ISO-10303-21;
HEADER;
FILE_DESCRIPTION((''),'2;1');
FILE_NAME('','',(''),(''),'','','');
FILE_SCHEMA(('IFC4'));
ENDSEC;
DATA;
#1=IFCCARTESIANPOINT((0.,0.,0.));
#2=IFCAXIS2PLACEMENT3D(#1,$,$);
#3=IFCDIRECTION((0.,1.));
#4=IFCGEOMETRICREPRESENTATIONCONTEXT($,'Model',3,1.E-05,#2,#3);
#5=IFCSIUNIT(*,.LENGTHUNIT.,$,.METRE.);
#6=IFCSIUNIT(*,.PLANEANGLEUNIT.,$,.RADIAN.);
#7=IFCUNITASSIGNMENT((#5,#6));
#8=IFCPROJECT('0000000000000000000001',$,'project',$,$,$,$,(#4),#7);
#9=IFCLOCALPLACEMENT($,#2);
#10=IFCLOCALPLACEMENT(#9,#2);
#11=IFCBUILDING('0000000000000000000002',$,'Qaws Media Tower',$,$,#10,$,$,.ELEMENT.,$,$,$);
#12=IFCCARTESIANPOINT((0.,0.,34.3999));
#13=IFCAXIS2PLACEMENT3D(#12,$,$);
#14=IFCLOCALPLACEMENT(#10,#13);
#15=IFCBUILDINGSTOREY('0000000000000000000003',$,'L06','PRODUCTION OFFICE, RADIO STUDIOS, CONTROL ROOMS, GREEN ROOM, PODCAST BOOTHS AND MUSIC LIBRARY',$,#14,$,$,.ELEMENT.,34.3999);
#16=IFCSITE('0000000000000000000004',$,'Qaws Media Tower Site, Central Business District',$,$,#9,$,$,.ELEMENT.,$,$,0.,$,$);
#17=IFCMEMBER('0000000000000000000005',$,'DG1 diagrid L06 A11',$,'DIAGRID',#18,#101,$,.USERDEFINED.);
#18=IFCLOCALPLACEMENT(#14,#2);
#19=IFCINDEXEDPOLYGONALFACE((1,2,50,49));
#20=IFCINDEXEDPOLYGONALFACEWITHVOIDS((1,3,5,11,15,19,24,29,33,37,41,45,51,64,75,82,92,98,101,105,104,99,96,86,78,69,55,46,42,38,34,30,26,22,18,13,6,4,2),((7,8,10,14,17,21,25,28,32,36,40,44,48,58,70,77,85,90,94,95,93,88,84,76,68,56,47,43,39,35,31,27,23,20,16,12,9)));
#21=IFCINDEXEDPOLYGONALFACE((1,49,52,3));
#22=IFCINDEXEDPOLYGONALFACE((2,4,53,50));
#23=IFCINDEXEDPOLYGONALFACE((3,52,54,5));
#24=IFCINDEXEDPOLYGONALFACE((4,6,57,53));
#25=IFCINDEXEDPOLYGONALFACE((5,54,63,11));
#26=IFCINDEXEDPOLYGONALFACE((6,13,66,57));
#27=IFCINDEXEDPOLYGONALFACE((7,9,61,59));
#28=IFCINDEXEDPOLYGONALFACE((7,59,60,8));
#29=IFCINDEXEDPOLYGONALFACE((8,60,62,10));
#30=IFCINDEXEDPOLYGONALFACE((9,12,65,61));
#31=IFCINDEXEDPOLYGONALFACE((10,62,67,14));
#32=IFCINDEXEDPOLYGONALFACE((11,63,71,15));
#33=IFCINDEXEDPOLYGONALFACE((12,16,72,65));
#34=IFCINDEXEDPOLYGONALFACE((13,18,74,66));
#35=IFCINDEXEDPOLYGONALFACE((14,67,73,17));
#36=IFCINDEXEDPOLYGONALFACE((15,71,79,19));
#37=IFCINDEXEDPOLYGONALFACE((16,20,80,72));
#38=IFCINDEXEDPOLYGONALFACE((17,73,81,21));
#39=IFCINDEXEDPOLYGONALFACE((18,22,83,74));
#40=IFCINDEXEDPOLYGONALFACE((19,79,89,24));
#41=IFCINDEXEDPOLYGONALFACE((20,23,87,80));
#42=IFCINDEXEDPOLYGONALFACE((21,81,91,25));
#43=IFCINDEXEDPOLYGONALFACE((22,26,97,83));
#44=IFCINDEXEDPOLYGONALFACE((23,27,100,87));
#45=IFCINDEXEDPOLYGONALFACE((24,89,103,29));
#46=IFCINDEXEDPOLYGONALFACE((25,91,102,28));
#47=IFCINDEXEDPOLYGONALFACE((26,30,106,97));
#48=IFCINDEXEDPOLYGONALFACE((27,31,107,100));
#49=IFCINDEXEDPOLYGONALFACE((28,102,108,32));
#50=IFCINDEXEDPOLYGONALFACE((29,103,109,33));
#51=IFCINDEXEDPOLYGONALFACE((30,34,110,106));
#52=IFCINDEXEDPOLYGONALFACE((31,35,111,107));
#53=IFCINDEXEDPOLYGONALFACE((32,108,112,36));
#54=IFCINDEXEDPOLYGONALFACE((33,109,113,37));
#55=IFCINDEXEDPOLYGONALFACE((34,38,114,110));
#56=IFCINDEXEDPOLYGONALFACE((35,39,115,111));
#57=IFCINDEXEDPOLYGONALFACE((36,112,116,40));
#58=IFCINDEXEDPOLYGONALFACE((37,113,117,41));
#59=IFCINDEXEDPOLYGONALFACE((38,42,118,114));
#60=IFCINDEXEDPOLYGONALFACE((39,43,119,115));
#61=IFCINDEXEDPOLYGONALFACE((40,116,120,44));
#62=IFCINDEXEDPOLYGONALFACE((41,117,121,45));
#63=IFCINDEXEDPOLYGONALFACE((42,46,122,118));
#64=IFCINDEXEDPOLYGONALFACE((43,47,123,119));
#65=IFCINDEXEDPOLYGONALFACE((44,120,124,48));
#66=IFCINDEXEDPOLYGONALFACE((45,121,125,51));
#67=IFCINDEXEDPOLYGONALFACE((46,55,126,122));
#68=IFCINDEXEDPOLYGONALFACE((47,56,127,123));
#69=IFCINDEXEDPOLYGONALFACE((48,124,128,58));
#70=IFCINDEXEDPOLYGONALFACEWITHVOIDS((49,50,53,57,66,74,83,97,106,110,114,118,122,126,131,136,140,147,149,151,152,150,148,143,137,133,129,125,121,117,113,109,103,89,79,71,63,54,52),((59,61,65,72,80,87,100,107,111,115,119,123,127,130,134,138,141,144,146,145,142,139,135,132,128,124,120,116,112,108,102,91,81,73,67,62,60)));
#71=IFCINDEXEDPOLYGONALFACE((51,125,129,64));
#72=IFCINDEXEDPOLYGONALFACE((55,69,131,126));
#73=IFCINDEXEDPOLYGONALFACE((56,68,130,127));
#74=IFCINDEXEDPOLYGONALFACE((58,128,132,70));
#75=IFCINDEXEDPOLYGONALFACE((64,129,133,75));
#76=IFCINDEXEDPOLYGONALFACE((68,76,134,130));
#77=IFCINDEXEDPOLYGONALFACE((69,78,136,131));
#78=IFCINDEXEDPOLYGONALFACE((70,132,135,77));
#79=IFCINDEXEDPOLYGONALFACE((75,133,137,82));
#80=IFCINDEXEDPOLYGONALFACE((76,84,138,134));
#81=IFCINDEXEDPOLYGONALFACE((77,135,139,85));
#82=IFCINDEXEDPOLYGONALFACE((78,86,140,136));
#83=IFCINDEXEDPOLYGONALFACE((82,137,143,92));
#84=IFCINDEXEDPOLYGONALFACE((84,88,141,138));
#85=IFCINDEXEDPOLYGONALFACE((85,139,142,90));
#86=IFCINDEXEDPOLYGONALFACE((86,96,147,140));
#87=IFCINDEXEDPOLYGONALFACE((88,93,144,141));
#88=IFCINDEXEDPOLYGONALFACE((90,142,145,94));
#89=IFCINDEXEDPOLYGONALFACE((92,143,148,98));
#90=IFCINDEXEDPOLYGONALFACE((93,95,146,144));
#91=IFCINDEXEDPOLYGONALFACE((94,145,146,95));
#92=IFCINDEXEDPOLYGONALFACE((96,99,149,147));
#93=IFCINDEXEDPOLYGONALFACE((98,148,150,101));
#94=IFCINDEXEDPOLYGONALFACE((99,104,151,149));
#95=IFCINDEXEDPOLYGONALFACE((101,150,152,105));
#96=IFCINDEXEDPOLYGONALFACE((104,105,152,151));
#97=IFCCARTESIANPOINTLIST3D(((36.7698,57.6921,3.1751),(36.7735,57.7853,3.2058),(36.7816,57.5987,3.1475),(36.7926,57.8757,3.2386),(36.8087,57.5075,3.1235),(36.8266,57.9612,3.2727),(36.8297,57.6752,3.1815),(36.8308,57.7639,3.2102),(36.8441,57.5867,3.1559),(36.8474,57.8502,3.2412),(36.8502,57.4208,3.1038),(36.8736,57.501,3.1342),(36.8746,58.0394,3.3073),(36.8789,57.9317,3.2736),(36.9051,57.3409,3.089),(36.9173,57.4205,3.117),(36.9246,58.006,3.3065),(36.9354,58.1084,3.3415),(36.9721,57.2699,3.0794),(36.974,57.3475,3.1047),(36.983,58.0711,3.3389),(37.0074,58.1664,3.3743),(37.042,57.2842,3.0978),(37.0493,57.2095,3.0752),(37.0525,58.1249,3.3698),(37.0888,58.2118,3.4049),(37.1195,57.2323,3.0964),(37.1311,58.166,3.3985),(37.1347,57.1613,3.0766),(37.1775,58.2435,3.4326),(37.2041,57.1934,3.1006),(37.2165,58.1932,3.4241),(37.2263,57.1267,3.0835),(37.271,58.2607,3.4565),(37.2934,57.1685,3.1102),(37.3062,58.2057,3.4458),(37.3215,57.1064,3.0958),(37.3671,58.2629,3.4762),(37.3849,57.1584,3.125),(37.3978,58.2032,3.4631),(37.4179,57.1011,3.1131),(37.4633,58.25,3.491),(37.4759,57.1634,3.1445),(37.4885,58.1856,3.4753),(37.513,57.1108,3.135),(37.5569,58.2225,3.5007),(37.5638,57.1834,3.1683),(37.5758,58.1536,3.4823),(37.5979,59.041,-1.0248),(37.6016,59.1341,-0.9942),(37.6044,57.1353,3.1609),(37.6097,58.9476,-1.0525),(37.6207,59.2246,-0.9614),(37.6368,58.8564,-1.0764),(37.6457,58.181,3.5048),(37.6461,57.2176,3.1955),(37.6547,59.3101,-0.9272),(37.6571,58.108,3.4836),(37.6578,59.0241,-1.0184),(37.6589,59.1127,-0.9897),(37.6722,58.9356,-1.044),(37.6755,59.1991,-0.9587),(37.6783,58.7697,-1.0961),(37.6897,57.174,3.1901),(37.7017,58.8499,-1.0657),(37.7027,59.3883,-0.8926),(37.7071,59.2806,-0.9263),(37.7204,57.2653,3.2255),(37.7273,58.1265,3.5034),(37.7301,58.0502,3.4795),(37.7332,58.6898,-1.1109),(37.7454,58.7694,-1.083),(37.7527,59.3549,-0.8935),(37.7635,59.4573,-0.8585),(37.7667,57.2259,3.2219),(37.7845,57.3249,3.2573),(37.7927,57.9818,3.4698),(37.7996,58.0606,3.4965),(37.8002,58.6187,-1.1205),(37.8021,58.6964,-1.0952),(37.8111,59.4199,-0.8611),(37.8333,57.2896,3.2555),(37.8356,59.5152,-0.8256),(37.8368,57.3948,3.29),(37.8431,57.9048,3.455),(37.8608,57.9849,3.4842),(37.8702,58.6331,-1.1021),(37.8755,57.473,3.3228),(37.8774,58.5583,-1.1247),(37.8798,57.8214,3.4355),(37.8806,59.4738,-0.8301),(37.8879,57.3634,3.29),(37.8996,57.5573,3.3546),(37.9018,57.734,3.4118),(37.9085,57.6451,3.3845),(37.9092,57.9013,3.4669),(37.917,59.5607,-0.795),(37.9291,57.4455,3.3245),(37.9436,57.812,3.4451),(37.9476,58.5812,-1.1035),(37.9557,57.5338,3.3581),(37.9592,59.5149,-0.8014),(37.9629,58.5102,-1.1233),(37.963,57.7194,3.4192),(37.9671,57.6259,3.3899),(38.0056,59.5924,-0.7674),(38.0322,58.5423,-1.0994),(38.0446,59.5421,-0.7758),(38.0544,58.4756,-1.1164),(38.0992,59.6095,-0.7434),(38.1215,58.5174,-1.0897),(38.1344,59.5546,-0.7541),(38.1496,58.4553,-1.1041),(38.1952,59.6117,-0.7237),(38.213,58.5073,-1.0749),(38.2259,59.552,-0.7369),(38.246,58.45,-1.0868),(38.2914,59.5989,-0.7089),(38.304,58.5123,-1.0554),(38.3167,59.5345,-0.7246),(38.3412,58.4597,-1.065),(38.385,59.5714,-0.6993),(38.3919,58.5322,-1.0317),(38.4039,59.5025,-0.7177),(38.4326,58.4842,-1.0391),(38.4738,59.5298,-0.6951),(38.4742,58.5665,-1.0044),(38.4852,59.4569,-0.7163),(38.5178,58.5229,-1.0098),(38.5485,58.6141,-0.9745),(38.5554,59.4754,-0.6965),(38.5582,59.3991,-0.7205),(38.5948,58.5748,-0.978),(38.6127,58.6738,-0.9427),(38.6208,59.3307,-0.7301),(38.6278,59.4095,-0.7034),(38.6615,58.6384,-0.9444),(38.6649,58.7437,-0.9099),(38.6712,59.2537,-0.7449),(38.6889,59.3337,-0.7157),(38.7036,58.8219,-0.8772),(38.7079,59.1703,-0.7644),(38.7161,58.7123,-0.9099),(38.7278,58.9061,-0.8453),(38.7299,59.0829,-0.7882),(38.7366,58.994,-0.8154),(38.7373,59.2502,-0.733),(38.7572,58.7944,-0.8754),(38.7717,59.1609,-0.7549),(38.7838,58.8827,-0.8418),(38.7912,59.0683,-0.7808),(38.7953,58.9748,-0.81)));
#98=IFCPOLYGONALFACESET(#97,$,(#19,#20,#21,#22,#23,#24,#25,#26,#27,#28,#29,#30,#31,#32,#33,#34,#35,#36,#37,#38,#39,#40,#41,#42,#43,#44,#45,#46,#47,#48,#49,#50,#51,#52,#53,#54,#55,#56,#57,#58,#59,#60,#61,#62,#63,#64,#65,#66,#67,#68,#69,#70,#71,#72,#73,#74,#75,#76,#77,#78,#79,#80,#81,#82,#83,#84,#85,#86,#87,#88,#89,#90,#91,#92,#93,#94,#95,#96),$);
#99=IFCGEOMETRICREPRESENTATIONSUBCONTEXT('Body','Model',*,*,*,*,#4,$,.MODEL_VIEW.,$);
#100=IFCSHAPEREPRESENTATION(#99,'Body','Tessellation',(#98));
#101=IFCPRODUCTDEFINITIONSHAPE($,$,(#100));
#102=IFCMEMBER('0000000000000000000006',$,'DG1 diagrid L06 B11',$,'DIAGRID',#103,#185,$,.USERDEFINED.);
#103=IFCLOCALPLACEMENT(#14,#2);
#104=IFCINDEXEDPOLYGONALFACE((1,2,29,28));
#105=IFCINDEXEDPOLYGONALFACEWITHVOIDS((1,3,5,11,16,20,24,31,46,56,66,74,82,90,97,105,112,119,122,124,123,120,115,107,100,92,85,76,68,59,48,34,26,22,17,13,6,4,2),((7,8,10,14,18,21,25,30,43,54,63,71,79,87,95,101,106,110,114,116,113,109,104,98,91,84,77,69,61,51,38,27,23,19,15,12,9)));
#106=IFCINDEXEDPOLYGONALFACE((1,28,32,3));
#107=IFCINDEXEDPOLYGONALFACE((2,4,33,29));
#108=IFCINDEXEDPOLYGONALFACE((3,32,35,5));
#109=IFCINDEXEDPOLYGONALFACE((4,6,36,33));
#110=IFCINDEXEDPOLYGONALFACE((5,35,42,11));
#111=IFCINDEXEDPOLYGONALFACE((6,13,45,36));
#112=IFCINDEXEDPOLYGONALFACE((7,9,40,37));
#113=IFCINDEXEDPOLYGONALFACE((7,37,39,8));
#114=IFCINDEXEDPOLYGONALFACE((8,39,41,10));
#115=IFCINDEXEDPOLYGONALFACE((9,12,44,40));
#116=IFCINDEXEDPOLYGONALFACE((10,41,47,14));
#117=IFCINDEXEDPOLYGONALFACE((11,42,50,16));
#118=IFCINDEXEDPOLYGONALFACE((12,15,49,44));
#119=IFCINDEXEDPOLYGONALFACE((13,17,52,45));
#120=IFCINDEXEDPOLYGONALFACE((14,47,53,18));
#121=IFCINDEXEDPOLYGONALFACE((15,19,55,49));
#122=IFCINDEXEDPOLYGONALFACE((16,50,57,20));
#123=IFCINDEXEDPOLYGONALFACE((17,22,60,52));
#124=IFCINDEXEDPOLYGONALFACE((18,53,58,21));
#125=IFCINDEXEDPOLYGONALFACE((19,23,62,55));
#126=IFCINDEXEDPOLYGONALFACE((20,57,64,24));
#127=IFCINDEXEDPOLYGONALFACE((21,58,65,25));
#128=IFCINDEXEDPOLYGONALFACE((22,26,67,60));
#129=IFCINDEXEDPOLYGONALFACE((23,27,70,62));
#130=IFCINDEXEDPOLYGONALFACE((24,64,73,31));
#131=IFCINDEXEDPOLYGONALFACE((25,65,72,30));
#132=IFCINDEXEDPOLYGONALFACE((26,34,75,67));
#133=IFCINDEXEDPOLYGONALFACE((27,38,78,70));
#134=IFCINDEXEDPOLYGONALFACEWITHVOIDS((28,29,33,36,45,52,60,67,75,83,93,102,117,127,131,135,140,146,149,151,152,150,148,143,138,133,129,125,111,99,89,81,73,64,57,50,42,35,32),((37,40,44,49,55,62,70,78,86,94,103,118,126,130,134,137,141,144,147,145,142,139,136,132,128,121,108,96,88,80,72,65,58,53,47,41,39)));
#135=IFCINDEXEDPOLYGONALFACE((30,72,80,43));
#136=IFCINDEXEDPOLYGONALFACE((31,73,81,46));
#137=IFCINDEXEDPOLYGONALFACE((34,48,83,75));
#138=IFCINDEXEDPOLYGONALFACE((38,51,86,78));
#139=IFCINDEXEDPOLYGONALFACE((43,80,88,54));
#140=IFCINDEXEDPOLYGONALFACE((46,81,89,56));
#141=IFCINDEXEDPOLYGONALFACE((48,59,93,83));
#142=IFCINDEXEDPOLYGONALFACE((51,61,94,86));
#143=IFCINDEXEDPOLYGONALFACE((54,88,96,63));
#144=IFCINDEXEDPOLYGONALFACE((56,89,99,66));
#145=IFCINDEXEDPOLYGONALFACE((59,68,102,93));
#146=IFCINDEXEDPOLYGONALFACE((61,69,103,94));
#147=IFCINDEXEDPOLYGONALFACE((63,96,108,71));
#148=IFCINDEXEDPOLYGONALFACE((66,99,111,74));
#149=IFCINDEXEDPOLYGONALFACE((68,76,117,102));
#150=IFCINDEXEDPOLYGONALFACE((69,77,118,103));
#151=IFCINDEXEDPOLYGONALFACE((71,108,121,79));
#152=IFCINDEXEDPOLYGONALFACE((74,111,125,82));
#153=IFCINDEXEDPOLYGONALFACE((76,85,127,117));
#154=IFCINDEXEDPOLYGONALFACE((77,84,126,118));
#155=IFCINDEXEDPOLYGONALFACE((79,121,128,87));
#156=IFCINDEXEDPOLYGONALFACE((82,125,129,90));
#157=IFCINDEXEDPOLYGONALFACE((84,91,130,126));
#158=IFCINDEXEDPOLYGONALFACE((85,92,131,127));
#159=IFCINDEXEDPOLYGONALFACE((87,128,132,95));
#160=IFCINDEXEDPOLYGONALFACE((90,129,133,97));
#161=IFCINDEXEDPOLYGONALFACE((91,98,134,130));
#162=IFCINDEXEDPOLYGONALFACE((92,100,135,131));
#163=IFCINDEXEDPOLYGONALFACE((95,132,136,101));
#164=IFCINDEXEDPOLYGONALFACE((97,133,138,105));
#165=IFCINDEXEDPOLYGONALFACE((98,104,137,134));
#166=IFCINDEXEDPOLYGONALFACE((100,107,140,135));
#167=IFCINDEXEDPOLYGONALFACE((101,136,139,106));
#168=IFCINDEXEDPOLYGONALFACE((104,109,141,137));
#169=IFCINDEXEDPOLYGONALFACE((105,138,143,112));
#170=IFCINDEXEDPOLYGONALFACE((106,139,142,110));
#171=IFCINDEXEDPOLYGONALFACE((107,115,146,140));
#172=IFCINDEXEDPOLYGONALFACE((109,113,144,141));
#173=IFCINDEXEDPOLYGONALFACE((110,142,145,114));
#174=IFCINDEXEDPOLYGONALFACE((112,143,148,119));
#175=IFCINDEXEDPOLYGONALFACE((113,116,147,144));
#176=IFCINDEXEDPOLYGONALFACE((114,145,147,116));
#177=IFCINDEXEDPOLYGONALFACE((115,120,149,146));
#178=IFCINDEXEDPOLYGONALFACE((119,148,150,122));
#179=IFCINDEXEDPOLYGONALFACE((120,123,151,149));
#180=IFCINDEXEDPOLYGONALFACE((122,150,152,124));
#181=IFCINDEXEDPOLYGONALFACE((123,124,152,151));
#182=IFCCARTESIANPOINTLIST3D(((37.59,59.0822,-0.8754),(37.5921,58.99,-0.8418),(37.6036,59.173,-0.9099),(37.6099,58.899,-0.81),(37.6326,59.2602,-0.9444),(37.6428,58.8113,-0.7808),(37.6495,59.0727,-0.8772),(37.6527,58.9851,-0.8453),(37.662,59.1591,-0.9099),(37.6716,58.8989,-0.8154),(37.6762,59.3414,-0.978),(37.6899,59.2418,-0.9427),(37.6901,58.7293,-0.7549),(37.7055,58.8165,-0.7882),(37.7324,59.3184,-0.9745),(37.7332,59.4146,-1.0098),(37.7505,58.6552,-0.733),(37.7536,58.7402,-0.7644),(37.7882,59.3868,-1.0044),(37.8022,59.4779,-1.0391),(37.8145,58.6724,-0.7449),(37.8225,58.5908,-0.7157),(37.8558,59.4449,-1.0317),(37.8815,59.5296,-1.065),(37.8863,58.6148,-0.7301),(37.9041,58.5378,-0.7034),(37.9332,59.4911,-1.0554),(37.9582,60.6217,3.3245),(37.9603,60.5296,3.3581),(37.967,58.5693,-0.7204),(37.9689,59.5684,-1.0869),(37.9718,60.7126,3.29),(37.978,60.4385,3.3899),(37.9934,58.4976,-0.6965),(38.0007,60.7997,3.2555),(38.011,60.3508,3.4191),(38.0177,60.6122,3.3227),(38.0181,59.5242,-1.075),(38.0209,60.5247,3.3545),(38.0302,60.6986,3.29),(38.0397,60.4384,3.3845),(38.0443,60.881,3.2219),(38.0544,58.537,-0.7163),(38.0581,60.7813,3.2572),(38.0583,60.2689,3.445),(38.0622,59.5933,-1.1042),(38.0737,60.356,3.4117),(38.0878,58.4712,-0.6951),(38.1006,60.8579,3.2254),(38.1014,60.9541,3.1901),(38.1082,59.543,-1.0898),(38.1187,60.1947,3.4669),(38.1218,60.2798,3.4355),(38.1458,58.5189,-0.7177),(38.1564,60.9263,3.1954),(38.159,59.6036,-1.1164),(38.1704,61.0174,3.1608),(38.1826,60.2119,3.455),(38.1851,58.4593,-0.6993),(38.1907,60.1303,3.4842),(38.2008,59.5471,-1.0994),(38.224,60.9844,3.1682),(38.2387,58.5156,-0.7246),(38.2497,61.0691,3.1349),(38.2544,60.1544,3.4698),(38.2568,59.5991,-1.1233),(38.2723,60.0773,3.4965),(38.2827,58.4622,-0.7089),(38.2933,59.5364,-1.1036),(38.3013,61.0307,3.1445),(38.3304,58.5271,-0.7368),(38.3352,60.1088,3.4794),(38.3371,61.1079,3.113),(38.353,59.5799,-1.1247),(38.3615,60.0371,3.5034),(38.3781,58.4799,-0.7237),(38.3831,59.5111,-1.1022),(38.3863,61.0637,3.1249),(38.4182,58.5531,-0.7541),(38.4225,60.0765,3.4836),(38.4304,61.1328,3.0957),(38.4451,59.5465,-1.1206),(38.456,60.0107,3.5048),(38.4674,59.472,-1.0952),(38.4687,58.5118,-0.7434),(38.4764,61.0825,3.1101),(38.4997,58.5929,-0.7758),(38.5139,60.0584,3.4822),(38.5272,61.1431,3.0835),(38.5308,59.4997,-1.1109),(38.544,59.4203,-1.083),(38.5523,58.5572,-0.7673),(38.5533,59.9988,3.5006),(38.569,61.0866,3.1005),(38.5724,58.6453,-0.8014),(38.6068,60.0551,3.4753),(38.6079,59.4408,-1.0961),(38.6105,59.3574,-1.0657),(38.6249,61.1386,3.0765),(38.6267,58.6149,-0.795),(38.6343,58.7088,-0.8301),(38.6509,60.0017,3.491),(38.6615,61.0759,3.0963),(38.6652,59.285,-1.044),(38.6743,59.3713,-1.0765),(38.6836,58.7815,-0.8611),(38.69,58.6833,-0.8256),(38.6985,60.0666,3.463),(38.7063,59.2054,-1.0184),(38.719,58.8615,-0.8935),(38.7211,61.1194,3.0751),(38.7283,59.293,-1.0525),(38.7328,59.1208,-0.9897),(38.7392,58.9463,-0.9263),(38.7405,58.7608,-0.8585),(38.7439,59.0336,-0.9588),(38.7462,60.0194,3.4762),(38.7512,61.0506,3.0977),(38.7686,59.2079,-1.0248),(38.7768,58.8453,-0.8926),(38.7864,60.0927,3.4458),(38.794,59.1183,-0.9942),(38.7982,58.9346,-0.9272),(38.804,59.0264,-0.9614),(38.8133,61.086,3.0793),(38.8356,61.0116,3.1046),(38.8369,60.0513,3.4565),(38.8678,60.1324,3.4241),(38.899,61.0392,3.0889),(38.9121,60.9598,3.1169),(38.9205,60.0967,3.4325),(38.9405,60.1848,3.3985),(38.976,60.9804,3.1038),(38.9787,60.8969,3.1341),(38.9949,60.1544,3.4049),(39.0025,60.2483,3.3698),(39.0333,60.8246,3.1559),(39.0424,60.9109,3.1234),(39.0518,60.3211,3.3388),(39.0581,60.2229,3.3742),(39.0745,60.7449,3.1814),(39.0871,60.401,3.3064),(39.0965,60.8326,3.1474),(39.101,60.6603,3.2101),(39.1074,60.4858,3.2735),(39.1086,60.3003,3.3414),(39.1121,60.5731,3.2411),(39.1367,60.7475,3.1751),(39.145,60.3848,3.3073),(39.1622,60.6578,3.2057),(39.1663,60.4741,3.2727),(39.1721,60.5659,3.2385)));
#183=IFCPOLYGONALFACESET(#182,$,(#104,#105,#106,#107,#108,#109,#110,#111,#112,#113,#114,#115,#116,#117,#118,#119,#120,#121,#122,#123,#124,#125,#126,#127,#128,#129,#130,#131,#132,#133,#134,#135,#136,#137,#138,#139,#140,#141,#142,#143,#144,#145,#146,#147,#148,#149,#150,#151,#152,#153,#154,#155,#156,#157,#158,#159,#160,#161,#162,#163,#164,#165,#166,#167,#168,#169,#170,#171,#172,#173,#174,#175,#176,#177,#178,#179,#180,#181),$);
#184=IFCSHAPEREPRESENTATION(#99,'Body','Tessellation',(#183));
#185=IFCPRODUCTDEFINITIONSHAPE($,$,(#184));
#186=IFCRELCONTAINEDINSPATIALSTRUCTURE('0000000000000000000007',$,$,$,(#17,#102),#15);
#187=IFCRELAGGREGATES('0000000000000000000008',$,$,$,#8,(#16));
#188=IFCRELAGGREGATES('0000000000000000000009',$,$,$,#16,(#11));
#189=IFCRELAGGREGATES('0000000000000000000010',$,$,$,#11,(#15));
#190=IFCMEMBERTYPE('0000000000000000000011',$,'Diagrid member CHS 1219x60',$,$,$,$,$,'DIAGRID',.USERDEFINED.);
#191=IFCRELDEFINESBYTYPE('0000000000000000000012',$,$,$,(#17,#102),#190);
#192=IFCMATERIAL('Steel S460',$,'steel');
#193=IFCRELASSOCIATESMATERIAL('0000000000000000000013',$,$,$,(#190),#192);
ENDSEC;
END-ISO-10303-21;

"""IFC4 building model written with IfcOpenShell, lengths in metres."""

from ifc_helpers import new_model, si_unit, direction, frame, origin, origin_2d, place, context, subcontext, project, spatial, hollow_circle, extrude, material, material_profile, profile_set, type_object, element, save


model = new_model("IFC4")

# Units and contexts
model_context = context("Model", 3, precision=1e-05, world=origin(), true_north=direction((0.0, 1.0)))
body_context = subcontext(model_context, "Body", "Model", "MODEL_VIEW")
ifc_project = project(units=[si_unit("LENGTHUNIT", "METRE"), si_unit("PLANEANGLEUNIT", "RADIAN")], contexts=[model_context])

# Site, building, storey
site_placement = place(None, origin())
site = spatial("IfcSite", under=ifc_project, at=site_placement, Name="Qaws Media Tower Site, Central Business District", CompositionType="ELEMENT", RefElevation=0.0)
building_placement = place(site_placement, origin())
building = spatial("IfcBuilding", under=site, at=building_placement, Name="Qaws Media Tower", CompositionType="ELEMENT")
storey_placement = place(building_placement, frame((0.0, 0.0, 34.3999)))
storey = spatial("IfcBuildingStorey", under=building, at=storey_placement, Name="L06", Description="PRODUCTION OFFICE, RADIO STUDIOS, CONTROL ROOMS, GREEN ROOM, PODCAST BOOTHS AND MUSIC LIBRARY", CompositionType="ELEMENT", Elevation=34.3999)

# Members
ifc_material_1 = material(Name="Steel S460", Category="steel")
ifc_material_profile_1 = material_profile(ifc_material_1, hollow_circle(Radius=0.6096, WallThickness=0.0601, at=origin_2d()), Name="CHS 1219x60")
ifc_profile_set_1 = profile_set([ifc_material_profile_1], Name="Steel S460")
member_type_1 = type_object("IfcMemberType", Name="Diagrid member CHS 1219x60", ElementType="DIAGRID", PredefinedType="USERDEFINED", material=ifc_profile_set_1)
for number, where, z_axis, x_axis, name in (
    (1, (38.1965, 59.0312, -0.9099), (-0.184507, -0.300532, 0.935755), (0.852209, -0.523202, 0.0), "DG1 diagrid L06 A11"),
    (2, (38.1965, 59.0312, -0.9099), (0.082026, 0.34301, 0.935744), (-0.972577, 0.23258, 0.0), "DG1 diagrid L06 B11"),
):
    element("IfcMember", number, at=place(storey_placement, frame(where, z_axis=z_axis, x_axis=x_axis)), inside=storey, type_object=member_type_1, Name=name, ObjectType="DIAGRID", PredefinedType="USERDEFINED", context=body_context, shape_type="SweptSolid", body=[
        extrude(hollow_circle(Radius=0.6096, WallThickness=0.0601, at=origin_2d()), origin(), (0.0, 0.0, 1.0), 4.4883),
    ])

save(model, "model.ifc")
